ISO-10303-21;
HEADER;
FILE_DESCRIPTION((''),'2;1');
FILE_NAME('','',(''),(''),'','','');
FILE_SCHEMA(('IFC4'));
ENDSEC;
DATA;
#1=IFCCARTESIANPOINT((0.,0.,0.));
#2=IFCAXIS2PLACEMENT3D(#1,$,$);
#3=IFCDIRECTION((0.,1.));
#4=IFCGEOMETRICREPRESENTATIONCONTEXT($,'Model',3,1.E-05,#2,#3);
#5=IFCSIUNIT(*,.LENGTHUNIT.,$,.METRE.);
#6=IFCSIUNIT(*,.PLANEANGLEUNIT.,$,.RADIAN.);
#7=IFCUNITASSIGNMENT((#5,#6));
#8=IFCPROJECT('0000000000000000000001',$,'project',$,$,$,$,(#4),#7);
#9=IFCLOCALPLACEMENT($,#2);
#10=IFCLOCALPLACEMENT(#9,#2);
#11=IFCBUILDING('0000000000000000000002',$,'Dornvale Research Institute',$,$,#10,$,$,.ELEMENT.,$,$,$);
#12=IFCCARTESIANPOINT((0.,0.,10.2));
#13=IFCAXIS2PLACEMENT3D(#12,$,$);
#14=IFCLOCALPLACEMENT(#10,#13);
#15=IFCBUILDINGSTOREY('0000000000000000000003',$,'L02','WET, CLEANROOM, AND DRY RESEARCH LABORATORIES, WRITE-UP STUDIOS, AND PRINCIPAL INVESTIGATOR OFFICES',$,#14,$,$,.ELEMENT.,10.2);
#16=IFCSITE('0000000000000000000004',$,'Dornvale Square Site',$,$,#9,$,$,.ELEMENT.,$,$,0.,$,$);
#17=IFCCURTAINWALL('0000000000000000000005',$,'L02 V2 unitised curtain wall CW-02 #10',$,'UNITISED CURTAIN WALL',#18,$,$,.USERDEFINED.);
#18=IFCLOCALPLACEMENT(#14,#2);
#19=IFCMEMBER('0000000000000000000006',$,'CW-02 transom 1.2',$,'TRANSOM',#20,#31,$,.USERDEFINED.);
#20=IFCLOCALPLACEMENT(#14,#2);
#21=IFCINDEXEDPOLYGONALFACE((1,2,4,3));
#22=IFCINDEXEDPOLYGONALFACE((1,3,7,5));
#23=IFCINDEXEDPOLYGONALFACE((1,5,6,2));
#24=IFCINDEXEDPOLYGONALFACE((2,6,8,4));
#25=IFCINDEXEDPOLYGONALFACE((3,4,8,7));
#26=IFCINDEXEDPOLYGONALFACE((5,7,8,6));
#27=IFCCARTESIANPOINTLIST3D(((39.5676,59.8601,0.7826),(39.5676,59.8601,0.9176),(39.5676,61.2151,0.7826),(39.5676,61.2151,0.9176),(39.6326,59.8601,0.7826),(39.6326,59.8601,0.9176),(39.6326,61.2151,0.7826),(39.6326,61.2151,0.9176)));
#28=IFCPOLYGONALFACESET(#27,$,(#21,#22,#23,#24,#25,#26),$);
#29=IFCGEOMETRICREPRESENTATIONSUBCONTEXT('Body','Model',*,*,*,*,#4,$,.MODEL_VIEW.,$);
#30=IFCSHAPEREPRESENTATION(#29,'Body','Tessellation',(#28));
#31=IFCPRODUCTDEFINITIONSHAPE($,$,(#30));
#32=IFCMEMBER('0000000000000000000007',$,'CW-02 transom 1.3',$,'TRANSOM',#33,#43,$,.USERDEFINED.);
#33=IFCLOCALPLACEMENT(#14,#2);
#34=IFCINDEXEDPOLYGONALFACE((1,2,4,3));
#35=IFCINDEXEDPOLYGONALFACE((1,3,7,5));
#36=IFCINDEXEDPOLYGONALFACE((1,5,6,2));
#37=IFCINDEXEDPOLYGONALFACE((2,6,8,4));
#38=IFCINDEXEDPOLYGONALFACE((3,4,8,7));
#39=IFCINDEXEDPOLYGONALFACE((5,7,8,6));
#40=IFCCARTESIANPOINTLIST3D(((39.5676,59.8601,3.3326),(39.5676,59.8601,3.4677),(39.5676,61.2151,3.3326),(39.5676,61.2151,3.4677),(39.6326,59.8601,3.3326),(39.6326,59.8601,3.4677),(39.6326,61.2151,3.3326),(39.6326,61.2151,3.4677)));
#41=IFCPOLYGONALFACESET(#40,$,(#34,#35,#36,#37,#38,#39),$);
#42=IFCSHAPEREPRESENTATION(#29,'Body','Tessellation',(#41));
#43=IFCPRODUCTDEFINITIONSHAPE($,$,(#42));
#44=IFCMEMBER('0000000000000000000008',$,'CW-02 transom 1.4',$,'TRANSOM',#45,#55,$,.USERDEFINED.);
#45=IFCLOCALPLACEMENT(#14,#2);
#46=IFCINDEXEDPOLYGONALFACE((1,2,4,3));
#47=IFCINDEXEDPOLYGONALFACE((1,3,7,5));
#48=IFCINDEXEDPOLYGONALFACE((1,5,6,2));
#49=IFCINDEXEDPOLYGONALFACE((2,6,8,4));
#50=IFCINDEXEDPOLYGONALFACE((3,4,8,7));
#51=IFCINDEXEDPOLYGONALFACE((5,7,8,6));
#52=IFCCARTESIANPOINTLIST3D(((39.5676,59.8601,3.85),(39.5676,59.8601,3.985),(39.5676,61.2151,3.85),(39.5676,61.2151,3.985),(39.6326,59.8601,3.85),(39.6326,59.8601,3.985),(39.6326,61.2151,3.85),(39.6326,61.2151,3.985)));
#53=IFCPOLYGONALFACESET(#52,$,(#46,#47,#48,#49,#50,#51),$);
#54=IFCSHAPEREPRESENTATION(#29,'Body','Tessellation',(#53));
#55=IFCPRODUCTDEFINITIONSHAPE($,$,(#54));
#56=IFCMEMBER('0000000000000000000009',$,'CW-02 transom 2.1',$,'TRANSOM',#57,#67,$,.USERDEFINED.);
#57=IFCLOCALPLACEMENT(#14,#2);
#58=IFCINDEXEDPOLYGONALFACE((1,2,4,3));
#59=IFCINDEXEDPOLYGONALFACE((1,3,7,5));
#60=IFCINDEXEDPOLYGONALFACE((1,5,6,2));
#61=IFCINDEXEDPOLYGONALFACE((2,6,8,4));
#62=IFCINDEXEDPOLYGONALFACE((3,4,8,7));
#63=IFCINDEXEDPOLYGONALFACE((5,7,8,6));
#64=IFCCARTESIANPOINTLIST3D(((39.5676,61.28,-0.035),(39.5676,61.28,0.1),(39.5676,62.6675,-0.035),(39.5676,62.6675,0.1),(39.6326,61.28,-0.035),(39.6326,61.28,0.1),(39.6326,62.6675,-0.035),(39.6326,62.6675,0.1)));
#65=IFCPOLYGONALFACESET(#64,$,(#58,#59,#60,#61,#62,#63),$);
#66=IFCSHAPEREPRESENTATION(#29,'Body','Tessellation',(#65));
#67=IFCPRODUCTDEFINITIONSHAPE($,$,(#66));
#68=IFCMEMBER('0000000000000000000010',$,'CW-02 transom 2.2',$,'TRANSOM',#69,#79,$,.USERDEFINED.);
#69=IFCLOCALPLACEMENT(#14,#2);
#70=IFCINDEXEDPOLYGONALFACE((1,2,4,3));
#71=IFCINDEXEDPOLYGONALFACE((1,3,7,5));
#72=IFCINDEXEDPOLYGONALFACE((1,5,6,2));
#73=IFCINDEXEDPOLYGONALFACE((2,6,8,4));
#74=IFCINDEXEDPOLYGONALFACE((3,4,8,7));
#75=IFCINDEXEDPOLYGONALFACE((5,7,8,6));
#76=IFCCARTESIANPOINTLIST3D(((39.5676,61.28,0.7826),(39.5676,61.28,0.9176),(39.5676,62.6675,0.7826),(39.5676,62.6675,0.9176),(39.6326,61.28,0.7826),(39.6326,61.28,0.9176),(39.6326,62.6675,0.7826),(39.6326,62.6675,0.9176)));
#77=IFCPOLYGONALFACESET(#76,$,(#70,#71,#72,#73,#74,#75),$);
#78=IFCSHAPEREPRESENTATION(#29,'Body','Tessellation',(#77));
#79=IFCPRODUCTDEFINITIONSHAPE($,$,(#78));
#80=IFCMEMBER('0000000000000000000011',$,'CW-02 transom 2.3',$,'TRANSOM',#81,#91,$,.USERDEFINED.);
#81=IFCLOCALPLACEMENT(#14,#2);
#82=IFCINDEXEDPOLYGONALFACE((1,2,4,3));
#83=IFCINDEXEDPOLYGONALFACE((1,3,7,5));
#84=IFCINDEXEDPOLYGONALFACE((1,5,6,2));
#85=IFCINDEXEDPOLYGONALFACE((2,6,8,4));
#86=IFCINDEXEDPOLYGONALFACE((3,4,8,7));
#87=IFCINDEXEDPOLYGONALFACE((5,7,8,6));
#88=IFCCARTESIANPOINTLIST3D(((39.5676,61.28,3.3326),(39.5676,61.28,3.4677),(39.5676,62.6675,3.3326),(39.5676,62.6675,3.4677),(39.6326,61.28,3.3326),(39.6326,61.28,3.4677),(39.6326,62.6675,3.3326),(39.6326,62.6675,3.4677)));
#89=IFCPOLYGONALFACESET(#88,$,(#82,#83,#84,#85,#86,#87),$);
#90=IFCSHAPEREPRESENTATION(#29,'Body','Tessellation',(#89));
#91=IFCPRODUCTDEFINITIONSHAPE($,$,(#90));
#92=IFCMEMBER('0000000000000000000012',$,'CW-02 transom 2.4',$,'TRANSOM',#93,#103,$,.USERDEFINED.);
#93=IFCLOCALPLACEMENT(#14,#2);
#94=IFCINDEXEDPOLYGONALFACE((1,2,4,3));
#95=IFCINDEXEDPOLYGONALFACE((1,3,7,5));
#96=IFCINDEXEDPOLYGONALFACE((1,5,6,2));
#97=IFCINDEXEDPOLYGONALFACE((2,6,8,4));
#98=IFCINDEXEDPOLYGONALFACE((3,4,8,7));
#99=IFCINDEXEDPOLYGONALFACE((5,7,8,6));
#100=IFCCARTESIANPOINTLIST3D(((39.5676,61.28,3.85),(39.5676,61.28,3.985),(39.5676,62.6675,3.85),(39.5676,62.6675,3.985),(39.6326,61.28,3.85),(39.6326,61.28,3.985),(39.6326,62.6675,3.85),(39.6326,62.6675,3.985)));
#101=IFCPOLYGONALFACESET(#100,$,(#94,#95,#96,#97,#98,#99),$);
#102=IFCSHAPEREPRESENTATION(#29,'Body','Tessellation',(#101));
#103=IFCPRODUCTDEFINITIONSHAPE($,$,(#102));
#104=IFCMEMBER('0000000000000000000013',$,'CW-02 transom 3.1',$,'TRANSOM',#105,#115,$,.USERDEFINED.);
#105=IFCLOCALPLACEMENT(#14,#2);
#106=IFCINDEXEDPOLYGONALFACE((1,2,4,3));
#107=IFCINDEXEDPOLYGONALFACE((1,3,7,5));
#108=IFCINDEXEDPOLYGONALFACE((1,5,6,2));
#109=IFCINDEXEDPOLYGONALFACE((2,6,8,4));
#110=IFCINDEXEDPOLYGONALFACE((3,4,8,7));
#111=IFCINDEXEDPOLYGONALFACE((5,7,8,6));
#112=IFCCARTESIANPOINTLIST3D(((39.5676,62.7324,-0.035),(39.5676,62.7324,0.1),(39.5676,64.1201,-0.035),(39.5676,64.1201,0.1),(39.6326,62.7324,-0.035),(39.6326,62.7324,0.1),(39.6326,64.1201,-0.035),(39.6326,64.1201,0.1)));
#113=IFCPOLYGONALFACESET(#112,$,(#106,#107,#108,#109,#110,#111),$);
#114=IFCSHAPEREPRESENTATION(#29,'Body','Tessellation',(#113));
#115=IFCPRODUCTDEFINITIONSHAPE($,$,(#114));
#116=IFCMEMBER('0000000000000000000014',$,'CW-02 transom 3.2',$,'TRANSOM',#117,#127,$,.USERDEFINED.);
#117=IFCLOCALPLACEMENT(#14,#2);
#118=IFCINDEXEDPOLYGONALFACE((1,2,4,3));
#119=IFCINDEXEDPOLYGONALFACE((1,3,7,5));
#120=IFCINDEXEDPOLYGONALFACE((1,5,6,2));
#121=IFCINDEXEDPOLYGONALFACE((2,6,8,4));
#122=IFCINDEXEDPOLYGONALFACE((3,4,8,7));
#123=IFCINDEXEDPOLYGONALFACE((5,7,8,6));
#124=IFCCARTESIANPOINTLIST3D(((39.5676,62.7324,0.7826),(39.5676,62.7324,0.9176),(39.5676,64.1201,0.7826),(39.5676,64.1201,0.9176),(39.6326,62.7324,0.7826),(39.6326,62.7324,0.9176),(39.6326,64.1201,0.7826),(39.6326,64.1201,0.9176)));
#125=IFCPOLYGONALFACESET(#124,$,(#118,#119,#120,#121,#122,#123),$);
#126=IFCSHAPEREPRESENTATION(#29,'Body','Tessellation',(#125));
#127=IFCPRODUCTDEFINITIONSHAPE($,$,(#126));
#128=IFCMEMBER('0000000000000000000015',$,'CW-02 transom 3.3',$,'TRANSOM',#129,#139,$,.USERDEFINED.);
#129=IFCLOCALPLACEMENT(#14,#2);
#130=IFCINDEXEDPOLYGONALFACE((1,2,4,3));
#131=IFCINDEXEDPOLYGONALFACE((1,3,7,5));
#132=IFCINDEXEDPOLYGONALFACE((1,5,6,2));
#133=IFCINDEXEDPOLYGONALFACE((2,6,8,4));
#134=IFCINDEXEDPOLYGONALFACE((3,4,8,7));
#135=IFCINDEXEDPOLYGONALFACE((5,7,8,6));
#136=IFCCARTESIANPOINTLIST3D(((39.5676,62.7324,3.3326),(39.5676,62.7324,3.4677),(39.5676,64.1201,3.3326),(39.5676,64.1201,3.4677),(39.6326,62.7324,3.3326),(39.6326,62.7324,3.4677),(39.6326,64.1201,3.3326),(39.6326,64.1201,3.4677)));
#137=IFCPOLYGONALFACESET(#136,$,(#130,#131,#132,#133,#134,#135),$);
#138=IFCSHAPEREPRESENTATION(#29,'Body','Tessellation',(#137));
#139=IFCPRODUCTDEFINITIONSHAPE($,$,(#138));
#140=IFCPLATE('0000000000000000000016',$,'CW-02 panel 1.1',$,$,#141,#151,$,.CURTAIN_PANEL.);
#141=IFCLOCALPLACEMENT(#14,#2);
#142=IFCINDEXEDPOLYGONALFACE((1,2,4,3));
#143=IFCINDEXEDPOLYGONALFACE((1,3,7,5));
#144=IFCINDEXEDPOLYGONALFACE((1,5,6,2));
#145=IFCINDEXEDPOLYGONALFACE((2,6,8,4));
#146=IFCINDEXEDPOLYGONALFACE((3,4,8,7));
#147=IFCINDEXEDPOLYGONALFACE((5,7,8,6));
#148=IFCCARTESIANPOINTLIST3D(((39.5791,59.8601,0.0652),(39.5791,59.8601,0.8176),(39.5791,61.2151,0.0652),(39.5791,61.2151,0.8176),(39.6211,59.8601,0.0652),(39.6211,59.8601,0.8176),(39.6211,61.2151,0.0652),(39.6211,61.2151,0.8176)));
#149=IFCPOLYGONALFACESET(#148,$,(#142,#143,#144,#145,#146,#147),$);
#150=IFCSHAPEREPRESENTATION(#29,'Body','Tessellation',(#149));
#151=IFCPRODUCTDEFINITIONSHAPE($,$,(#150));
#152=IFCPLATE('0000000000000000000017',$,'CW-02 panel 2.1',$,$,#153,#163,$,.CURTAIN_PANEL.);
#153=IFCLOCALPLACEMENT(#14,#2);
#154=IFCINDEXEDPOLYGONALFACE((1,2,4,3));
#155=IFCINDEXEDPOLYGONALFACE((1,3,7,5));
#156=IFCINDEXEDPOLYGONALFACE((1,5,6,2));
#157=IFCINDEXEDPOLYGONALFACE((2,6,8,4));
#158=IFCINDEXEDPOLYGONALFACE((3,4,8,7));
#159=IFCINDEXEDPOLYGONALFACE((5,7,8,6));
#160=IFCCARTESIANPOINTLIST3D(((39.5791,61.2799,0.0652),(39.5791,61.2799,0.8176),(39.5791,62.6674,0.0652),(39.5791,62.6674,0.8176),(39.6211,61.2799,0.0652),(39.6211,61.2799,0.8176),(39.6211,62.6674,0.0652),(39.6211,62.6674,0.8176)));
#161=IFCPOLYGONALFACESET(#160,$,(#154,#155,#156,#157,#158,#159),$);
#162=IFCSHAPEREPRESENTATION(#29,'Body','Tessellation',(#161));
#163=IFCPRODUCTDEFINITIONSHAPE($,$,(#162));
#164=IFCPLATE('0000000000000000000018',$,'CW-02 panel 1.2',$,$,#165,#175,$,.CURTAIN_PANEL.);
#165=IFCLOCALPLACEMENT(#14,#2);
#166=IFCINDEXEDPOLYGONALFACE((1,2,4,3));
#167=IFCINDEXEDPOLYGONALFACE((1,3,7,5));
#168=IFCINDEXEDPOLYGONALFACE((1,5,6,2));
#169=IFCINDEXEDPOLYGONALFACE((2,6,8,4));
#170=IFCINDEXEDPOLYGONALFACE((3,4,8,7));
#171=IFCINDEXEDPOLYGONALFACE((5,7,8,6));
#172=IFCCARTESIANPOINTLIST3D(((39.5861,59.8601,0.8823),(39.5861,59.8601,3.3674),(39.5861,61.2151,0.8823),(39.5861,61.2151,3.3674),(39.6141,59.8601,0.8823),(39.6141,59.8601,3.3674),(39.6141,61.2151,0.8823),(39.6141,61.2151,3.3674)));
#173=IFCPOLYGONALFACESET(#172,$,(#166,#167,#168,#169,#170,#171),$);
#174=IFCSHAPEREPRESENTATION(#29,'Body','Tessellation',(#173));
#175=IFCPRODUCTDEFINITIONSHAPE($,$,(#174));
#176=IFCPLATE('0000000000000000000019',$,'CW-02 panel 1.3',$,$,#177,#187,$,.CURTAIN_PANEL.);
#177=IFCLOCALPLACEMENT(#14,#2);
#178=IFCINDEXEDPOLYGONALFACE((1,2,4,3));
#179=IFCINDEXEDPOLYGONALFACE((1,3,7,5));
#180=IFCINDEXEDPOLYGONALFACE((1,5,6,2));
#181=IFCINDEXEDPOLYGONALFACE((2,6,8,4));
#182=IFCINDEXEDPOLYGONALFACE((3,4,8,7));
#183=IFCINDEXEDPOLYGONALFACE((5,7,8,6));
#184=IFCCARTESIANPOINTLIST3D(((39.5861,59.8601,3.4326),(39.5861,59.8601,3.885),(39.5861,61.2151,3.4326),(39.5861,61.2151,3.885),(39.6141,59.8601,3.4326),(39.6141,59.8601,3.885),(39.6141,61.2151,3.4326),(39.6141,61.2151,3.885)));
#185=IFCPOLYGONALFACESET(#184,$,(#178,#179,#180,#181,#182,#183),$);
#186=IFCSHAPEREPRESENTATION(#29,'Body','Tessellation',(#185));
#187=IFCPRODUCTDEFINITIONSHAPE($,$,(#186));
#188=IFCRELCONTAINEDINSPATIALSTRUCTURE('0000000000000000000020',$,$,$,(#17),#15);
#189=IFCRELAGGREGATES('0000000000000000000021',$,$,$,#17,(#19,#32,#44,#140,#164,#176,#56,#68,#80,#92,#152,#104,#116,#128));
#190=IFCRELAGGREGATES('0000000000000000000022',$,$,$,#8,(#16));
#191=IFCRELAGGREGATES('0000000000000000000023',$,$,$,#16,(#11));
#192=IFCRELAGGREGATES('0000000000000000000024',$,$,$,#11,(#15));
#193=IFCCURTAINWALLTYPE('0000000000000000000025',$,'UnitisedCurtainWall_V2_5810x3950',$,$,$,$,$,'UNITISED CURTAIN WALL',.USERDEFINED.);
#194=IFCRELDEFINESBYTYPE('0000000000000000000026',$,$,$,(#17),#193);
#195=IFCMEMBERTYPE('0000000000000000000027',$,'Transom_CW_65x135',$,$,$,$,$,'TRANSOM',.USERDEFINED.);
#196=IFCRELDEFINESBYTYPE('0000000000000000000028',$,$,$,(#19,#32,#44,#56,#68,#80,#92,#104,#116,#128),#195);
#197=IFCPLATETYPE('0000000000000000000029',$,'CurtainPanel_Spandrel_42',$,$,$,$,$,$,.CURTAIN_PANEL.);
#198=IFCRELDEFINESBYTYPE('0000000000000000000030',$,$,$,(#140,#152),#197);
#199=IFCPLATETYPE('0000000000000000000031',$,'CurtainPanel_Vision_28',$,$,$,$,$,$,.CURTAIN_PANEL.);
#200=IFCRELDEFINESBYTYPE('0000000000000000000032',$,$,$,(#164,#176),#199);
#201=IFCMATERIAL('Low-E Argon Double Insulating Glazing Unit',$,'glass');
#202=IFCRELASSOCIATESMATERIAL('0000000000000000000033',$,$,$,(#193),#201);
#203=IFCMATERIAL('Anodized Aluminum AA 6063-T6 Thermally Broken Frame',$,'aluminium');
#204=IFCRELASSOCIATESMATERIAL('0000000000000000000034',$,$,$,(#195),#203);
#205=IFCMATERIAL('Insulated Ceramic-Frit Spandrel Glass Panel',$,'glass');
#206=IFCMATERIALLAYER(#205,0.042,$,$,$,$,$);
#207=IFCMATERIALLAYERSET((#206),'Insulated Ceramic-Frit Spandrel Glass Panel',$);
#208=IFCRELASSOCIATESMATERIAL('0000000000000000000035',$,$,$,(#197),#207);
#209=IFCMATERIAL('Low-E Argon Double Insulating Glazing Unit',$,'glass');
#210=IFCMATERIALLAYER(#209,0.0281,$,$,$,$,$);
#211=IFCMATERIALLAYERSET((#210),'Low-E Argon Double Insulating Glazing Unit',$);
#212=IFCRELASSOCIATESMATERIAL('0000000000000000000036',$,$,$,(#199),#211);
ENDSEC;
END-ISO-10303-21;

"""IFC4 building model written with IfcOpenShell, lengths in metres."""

from ifc_helpers import new_model, si_unit, direction, frame, origin, origin_2d, place, context, subcontext, project, spatial, rectangle, extrude, material, layer, layer_set, material_profile, profile_set, type_object, element, aggregate, save


model = new_model("IFC4")

# Units and contexts
model_context = context("Model", 3, precision=1e-05, world=origin(), true_north=direction((0.0, 1.0)))
body_context = subcontext(model_context, "Body", "Model", "MODEL_VIEW")
ifc_project = project(units=[si_unit("LENGTHUNIT", "METRE"), si_unit("PLANEANGLEUNIT", "RADIAN")], contexts=[model_context])

# Site, building, storey
site_placement = place(None, origin())
site = spatial("IfcSite", under=ifc_project, at=site_placement, Name="Dornvale Square Site", CompositionType="ELEMENT", RefElevation=0.0)
building_placement = place(site_placement, origin())
building = spatial("IfcBuilding", under=site, at=building_placement, Name="Dornvale Research Institute", CompositionType="ELEMENT")
storey_placement = place(building_placement, frame((0.0, 0.0, 10.2)))
storey = spatial("IfcBuildingStorey", under=building, at=storey_placement, Name="L02", Description="WET, CLEANROOM, AND DRY RESEARCH LABORATORIES, WRITE-UP STUDIOS, AND PRINCIPAL INVESTIGATOR OFFICES", CompositionType="ELEMENT", Elevation=10.2)

# Curtain wall
ifc_material_1 = material(Name="Low-E Argon Double Insulating Glazing Unit", Category="glass")
curtain_wall_type = type_object("IfcCurtainWallType", Name="UnitisedCurtainWall_V2_5810x3950", ElementType="UNITISED CURTAIN WALL", PredefinedType="USERDEFINED", material=ifc_material_1)
curtain_wall_placement = place(storey_placement, origin())
curtain_wall = element("IfcCurtainWall", 1, at=curtain_wall_placement, inside=storey, type_object=curtain_wall_type, Name="L02 V2 unitised curtain wall CW-02 #10", ObjectType="UNITISED CURTAIN WALL", PredefinedType="USERDEFINED")

# Members
ifc_material_2 = material(Name="Anodized Aluminum AA 6063-T6 Thermally Broken Frame", Category="aluminium")
ifc_material_profile_1 = material_profile(ifc_material_2, rectangle(XDim=0.0649, YDim=0.135, at=origin_2d()), Name="ALU TRANSOM 65x135")
ifc_profile_set_1 = profile_set([ifc_material_profile_1], Name="Anodized Aluminum AA 6063-T6 Thermally Broken Frame")
member_type_1 = type_object("IfcMemberType", Name="Transom_CW_65x135", ElementType="TRANSOM", PredefinedType="USERDEFINED", material=ifc_profile_set_1)
member_1_placement = place(storey_placement, frame((39.6001, 59.8601, 0.8501), z_axis=(0.0, 1.0, 0.0), x_axis=(-1.0, 0.0, 0.0)))
member_1 = element("IfcMember", 2, at=member_1_placement, type_object=member_type_1, Name="CW-02 transom 1.2", ObjectType="TRANSOM", PredefinedType="USERDEFINED", context=body_context, shape_type="SweptSolid", body=[
    extrude(rectangle(XDim=0.0649, YDim=0.135, at=origin_2d()), origin(), (0.0, 0.0, 1.0), 1.355),
])
member_2_placement = place(storey_placement, frame((39.6001, 59.8601, 3.4001), z_axis=(0.0, 1.0, 0.0), x_axis=(-1.0, 0.0, 0.0)))
member_2 = element("IfcMember", 3, at=member_2_placement, type_object=member_type_1, Name="CW-02 transom 1.3", ObjectType="TRANSOM", PredefinedType="USERDEFINED", context=body_context, shape_type="SweptSolid", body=[
    extrude(rectangle(XDim=0.0649, YDim=0.135, at=origin_2d()), origin(), (0.0, 0.0, 1.0), 1.355),
])
member_3_placement = place(storey_placement, frame((39.6001, 59.8601, 3.9175), z_axis=(0.0, 1.0, 0.0), x_axis=(-1.0, 0.0, 0.0)))
member_3 = element("IfcMember", 4, at=member_3_placement, type_object=member_type_1, Name="CW-02 transom 1.4", ObjectType="TRANSOM", PredefinedType="USERDEFINED", context=body_context, shape_type="SweptSolid", body=[
    extrude(rectangle(XDim=0.0649, YDim=0.135, at=origin_2d()), origin(), (0.0, 0.0, 1.0), 1.355),
])
member_4_placement = place(storey_placement, frame((39.6001, 61.28, 0.0325), z_axis=(0.0, 1.0, 0.0), x_axis=(-1.0, 0.0, 0.0)))
member_4 = element("IfcMember", 5, at=member_4_placement, type_object=member_type_1, Name="CW-02 transom 2.1", ObjectType="TRANSOM", PredefinedType="USERDEFINED", context=body_context, shape_type="SweptSolid", body=[
    extrude(rectangle(XDim=0.0649, YDim=0.135, at=origin_2d()), origin(), (0.0, 0.0, 1.0), 1.3875),
])
member_5_placement = place(storey_placement, frame((39.6001, 61.28, 0.8501), z_axis=(0.0, 1.0, 0.0), x_axis=(-1.0, 0.0, 0.0)))
member_5 = element("IfcMember", 6, at=member_5_placement, type_object=member_type_1, Name="CW-02 transom 2.2", ObjectType="TRANSOM", PredefinedType="USERDEFINED", context=body_context, shape_type="SweptSolid", body=[
    extrude(rectangle(XDim=0.0649, YDim=0.135, at=origin_2d()), origin(), (0.0, 0.0, 1.0), 1.3875),
])
member_6_placement = place(storey_placement, frame((39.6001, 61.28, 3.4001), z_axis=(0.0, 1.0, 0.0), x_axis=(-1.0, 0.0, 0.0)))
member_6 = element("IfcMember", 7, at=member_6_placement, type_object=member_type_1, Name="CW-02 transom 2.3", ObjectType="TRANSOM", PredefinedType="USERDEFINED", context=body_context, shape_type="SweptSolid", body=[
    extrude(rectangle(XDim=0.0649, YDim=0.135, at=origin_2d()), origin(), (0.0, 0.0, 1.0), 1.3875),
])
member_7_placement = place(storey_placement, frame((39.6001, 61.28, 3.9175), z_axis=(0.0, 1.0, 0.0), x_axis=(-1.0, 0.0, 0.0)))
member_7 = element("IfcMember", 8, at=member_7_placement, type_object=member_type_1, Name="CW-02 transom 2.4", ObjectType="TRANSOM", PredefinedType="USERDEFINED", context=body_context, shape_type="SweptSolid", body=[
    extrude(rectangle(XDim=0.0649, YDim=0.135, at=origin_2d()), origin(), (0.0, 0.0, 1.0), 1.3875),
])
member_8_placement = place(storey_placement, frame((39.6001, 62.7324, 0.0325), z_axis=(0.0, 1.0, 0.0), x_axis=(-1.0, 0.0, 0.0)))
member_8 = element("IfcMember", 9, at=member_8_placement, type_object=member_type_1, Name="CW-02 transom 3.1", ObjectType="TRANSOM", PredefinedType="USERDEFINED", context=body_context, shape_type="SweptSolid", body=[
    extrude(rectangle(XDim=0.0649, YDim=0.135, at=origin_2d()), origin(), (0.0, 0.0, 1.0), 1.3877),
])
member_9_placement = place(storey_placement, frame((39.6001, 62.7324, 0.8501), z_axis=(0.0, 1.0, 0.0), x_axis=(-1.0, 0.0, 0.0)))
member_9 = element("IfcMember", 10, at=member_9_placement, type_object=member_type_1, Name="CW-02 transom 3.2", ObjectType="TRANSOM", PredefinedType="USERDEFINED", context=body_context, shape_type="SweptSolid", body=[
    extrude(rectangle(XDim=0.0649, YDim=0.135, at=origin_2d()), origin(), (0.0, 0.0, 1.0), 1.3877),
])
member_10_placement = place(storey_placement, frame((39.6001, 62.7324, 3.4001), z_axis=(0.0, 1.0, 0.0), x_axis=(-1.0, 0.0, 0.0)))
member_10 = element("IfcMember", 11, at=member_10_placement, type_object=member_type_1, Name="CW-02 transom 3.3", ObjectType="TRANSOM", PredefinedType="USERDEFINED", context=body_context, shape_type="SweptSolid", body=[
    extrude(rectangle(XDim=0.0649, YDim=0.135, at=origin_2d()), origin(), (0.0, 0.0, 1.0), 1.3877),
])

# Plates
ifc_material_3 = material(Name="Insulated Ceramic-Frit Spandrel Glass Panel", Category="glass")
ifc_layer_1 = layer(ifc_material_3, 0.042)
ifc_layer_set_1 = layer_set([ifc_layer_1], Name="Insulated Ceramic-Frit Spandrel Glass Panel")
plate_type_1 = type_object("IfcPlateType", Name="CurtainPanel_Spandrel_42", PredefinedType="CURTAIN_PANEL", material=ifc_layer_set_1)
plate_1_placement = place(storey_placement, frame((39.6001, 60.5376, 0.0652), z_axis=(0.0, 0.0, 1.0), x_axis=(0.0, 1.0, 0.0)))
plate_1 = element("IfcPlate", 12, at=plate_1_placement, type_object=plate_type_1, Name="CW-02 panel 1.1", PredefinedType="CURTAIN_PANEL", context=body_context, shape_type="SweptSolid", body=[
    extrude(rectangle(XDim=1.355, YDim=0.042, at=origin_2d()), origin(), (0.0, 0.0, 1.0), 0.7524),
])
plate_2_placement = place(storey_placement, frame((39.6001, 61.9736, 0.0652), z_axis=(0.0, 0.0, 1.0), x_axis=(0.0, 1.0, 0.0)))
plate_2 = element("IfcPlate", 13, at=plate_2_placement, type_object=plate_type_1, Name="CW-02 panel 2.1", PredefinedType="CURTAIN_PANEL", context=body_context, shape_type="SweptSolid", body=[
    extrude(rectangle(XDim=1.3875, YDim=0.042, at=origin_2d()), origin(), (0.0, 0.0, 1.0), 0.7524),
])
ifc_material_4 = material(Name="Low-E Argon Double Insulating Glazing Unit", Category="glass")
ifc_layer_2 = layer(ifc_material_4, 0.0281)
ifc_layer_set_2 = layer_set([ifc_layer_2], Name="Low-E Argon Double Insulating Glazing Unit")
plate_type_2 = type_object("IfcPlateType", Name="CurtainPanel_Vision_28", PredefinedType="CURTAIN_PANEL", material=ifc_layer_set_2)
plate_3_placement = place(storey_placement, frame((39.6001, 60.5376, 0.8823), z_axis=(0.0, 0.0, 1.0), x_axis=(0.0, 1.0, 0.0)))
plate_3 = element("IfcPlate", 14, at=plate_3_placement, type_object=plate_type_2, Name="CW-02 panel 1.2", PredefinedType="CURTAIN_PANEL", context=body_context, shape_type="SweptSolid", body=[
    extrude(rectangle(XDim=1.355, YDim=0.0281, at=origin_2d()), origin(), (0.0, 0.0, 1.0), 2.4851),
])
plate_4_placement = place(storey_placement, frame((39.6001, 60.5376, 3.4326), z_axis=(0.0, 0.0, 1.0), x_axis=(0.0, 1.0, 0.0)))
plate_4 = element("IfcPlate", 15, at=plate_4_placement, type_object=plate_type_2, Name="CW-02 panel 1.3", PredefinedType="CURTAIN_PANEL", context=body_context, shape_type="SweptSolid", body=[
    extrude(rectangle(XDim=1.355, YDim=0.0281, at=origin_2d()), origin(), (0.0, 0.0, 1.0), 0.4524),
])
aggregate(curtain_wall, [member_1, member_2, member_3, plate_1, plate_3, plate_4, member_4, member_5, member_6, member_7, plate_2, member_8, member_9, member_10])

save(model, "model.ifc")
